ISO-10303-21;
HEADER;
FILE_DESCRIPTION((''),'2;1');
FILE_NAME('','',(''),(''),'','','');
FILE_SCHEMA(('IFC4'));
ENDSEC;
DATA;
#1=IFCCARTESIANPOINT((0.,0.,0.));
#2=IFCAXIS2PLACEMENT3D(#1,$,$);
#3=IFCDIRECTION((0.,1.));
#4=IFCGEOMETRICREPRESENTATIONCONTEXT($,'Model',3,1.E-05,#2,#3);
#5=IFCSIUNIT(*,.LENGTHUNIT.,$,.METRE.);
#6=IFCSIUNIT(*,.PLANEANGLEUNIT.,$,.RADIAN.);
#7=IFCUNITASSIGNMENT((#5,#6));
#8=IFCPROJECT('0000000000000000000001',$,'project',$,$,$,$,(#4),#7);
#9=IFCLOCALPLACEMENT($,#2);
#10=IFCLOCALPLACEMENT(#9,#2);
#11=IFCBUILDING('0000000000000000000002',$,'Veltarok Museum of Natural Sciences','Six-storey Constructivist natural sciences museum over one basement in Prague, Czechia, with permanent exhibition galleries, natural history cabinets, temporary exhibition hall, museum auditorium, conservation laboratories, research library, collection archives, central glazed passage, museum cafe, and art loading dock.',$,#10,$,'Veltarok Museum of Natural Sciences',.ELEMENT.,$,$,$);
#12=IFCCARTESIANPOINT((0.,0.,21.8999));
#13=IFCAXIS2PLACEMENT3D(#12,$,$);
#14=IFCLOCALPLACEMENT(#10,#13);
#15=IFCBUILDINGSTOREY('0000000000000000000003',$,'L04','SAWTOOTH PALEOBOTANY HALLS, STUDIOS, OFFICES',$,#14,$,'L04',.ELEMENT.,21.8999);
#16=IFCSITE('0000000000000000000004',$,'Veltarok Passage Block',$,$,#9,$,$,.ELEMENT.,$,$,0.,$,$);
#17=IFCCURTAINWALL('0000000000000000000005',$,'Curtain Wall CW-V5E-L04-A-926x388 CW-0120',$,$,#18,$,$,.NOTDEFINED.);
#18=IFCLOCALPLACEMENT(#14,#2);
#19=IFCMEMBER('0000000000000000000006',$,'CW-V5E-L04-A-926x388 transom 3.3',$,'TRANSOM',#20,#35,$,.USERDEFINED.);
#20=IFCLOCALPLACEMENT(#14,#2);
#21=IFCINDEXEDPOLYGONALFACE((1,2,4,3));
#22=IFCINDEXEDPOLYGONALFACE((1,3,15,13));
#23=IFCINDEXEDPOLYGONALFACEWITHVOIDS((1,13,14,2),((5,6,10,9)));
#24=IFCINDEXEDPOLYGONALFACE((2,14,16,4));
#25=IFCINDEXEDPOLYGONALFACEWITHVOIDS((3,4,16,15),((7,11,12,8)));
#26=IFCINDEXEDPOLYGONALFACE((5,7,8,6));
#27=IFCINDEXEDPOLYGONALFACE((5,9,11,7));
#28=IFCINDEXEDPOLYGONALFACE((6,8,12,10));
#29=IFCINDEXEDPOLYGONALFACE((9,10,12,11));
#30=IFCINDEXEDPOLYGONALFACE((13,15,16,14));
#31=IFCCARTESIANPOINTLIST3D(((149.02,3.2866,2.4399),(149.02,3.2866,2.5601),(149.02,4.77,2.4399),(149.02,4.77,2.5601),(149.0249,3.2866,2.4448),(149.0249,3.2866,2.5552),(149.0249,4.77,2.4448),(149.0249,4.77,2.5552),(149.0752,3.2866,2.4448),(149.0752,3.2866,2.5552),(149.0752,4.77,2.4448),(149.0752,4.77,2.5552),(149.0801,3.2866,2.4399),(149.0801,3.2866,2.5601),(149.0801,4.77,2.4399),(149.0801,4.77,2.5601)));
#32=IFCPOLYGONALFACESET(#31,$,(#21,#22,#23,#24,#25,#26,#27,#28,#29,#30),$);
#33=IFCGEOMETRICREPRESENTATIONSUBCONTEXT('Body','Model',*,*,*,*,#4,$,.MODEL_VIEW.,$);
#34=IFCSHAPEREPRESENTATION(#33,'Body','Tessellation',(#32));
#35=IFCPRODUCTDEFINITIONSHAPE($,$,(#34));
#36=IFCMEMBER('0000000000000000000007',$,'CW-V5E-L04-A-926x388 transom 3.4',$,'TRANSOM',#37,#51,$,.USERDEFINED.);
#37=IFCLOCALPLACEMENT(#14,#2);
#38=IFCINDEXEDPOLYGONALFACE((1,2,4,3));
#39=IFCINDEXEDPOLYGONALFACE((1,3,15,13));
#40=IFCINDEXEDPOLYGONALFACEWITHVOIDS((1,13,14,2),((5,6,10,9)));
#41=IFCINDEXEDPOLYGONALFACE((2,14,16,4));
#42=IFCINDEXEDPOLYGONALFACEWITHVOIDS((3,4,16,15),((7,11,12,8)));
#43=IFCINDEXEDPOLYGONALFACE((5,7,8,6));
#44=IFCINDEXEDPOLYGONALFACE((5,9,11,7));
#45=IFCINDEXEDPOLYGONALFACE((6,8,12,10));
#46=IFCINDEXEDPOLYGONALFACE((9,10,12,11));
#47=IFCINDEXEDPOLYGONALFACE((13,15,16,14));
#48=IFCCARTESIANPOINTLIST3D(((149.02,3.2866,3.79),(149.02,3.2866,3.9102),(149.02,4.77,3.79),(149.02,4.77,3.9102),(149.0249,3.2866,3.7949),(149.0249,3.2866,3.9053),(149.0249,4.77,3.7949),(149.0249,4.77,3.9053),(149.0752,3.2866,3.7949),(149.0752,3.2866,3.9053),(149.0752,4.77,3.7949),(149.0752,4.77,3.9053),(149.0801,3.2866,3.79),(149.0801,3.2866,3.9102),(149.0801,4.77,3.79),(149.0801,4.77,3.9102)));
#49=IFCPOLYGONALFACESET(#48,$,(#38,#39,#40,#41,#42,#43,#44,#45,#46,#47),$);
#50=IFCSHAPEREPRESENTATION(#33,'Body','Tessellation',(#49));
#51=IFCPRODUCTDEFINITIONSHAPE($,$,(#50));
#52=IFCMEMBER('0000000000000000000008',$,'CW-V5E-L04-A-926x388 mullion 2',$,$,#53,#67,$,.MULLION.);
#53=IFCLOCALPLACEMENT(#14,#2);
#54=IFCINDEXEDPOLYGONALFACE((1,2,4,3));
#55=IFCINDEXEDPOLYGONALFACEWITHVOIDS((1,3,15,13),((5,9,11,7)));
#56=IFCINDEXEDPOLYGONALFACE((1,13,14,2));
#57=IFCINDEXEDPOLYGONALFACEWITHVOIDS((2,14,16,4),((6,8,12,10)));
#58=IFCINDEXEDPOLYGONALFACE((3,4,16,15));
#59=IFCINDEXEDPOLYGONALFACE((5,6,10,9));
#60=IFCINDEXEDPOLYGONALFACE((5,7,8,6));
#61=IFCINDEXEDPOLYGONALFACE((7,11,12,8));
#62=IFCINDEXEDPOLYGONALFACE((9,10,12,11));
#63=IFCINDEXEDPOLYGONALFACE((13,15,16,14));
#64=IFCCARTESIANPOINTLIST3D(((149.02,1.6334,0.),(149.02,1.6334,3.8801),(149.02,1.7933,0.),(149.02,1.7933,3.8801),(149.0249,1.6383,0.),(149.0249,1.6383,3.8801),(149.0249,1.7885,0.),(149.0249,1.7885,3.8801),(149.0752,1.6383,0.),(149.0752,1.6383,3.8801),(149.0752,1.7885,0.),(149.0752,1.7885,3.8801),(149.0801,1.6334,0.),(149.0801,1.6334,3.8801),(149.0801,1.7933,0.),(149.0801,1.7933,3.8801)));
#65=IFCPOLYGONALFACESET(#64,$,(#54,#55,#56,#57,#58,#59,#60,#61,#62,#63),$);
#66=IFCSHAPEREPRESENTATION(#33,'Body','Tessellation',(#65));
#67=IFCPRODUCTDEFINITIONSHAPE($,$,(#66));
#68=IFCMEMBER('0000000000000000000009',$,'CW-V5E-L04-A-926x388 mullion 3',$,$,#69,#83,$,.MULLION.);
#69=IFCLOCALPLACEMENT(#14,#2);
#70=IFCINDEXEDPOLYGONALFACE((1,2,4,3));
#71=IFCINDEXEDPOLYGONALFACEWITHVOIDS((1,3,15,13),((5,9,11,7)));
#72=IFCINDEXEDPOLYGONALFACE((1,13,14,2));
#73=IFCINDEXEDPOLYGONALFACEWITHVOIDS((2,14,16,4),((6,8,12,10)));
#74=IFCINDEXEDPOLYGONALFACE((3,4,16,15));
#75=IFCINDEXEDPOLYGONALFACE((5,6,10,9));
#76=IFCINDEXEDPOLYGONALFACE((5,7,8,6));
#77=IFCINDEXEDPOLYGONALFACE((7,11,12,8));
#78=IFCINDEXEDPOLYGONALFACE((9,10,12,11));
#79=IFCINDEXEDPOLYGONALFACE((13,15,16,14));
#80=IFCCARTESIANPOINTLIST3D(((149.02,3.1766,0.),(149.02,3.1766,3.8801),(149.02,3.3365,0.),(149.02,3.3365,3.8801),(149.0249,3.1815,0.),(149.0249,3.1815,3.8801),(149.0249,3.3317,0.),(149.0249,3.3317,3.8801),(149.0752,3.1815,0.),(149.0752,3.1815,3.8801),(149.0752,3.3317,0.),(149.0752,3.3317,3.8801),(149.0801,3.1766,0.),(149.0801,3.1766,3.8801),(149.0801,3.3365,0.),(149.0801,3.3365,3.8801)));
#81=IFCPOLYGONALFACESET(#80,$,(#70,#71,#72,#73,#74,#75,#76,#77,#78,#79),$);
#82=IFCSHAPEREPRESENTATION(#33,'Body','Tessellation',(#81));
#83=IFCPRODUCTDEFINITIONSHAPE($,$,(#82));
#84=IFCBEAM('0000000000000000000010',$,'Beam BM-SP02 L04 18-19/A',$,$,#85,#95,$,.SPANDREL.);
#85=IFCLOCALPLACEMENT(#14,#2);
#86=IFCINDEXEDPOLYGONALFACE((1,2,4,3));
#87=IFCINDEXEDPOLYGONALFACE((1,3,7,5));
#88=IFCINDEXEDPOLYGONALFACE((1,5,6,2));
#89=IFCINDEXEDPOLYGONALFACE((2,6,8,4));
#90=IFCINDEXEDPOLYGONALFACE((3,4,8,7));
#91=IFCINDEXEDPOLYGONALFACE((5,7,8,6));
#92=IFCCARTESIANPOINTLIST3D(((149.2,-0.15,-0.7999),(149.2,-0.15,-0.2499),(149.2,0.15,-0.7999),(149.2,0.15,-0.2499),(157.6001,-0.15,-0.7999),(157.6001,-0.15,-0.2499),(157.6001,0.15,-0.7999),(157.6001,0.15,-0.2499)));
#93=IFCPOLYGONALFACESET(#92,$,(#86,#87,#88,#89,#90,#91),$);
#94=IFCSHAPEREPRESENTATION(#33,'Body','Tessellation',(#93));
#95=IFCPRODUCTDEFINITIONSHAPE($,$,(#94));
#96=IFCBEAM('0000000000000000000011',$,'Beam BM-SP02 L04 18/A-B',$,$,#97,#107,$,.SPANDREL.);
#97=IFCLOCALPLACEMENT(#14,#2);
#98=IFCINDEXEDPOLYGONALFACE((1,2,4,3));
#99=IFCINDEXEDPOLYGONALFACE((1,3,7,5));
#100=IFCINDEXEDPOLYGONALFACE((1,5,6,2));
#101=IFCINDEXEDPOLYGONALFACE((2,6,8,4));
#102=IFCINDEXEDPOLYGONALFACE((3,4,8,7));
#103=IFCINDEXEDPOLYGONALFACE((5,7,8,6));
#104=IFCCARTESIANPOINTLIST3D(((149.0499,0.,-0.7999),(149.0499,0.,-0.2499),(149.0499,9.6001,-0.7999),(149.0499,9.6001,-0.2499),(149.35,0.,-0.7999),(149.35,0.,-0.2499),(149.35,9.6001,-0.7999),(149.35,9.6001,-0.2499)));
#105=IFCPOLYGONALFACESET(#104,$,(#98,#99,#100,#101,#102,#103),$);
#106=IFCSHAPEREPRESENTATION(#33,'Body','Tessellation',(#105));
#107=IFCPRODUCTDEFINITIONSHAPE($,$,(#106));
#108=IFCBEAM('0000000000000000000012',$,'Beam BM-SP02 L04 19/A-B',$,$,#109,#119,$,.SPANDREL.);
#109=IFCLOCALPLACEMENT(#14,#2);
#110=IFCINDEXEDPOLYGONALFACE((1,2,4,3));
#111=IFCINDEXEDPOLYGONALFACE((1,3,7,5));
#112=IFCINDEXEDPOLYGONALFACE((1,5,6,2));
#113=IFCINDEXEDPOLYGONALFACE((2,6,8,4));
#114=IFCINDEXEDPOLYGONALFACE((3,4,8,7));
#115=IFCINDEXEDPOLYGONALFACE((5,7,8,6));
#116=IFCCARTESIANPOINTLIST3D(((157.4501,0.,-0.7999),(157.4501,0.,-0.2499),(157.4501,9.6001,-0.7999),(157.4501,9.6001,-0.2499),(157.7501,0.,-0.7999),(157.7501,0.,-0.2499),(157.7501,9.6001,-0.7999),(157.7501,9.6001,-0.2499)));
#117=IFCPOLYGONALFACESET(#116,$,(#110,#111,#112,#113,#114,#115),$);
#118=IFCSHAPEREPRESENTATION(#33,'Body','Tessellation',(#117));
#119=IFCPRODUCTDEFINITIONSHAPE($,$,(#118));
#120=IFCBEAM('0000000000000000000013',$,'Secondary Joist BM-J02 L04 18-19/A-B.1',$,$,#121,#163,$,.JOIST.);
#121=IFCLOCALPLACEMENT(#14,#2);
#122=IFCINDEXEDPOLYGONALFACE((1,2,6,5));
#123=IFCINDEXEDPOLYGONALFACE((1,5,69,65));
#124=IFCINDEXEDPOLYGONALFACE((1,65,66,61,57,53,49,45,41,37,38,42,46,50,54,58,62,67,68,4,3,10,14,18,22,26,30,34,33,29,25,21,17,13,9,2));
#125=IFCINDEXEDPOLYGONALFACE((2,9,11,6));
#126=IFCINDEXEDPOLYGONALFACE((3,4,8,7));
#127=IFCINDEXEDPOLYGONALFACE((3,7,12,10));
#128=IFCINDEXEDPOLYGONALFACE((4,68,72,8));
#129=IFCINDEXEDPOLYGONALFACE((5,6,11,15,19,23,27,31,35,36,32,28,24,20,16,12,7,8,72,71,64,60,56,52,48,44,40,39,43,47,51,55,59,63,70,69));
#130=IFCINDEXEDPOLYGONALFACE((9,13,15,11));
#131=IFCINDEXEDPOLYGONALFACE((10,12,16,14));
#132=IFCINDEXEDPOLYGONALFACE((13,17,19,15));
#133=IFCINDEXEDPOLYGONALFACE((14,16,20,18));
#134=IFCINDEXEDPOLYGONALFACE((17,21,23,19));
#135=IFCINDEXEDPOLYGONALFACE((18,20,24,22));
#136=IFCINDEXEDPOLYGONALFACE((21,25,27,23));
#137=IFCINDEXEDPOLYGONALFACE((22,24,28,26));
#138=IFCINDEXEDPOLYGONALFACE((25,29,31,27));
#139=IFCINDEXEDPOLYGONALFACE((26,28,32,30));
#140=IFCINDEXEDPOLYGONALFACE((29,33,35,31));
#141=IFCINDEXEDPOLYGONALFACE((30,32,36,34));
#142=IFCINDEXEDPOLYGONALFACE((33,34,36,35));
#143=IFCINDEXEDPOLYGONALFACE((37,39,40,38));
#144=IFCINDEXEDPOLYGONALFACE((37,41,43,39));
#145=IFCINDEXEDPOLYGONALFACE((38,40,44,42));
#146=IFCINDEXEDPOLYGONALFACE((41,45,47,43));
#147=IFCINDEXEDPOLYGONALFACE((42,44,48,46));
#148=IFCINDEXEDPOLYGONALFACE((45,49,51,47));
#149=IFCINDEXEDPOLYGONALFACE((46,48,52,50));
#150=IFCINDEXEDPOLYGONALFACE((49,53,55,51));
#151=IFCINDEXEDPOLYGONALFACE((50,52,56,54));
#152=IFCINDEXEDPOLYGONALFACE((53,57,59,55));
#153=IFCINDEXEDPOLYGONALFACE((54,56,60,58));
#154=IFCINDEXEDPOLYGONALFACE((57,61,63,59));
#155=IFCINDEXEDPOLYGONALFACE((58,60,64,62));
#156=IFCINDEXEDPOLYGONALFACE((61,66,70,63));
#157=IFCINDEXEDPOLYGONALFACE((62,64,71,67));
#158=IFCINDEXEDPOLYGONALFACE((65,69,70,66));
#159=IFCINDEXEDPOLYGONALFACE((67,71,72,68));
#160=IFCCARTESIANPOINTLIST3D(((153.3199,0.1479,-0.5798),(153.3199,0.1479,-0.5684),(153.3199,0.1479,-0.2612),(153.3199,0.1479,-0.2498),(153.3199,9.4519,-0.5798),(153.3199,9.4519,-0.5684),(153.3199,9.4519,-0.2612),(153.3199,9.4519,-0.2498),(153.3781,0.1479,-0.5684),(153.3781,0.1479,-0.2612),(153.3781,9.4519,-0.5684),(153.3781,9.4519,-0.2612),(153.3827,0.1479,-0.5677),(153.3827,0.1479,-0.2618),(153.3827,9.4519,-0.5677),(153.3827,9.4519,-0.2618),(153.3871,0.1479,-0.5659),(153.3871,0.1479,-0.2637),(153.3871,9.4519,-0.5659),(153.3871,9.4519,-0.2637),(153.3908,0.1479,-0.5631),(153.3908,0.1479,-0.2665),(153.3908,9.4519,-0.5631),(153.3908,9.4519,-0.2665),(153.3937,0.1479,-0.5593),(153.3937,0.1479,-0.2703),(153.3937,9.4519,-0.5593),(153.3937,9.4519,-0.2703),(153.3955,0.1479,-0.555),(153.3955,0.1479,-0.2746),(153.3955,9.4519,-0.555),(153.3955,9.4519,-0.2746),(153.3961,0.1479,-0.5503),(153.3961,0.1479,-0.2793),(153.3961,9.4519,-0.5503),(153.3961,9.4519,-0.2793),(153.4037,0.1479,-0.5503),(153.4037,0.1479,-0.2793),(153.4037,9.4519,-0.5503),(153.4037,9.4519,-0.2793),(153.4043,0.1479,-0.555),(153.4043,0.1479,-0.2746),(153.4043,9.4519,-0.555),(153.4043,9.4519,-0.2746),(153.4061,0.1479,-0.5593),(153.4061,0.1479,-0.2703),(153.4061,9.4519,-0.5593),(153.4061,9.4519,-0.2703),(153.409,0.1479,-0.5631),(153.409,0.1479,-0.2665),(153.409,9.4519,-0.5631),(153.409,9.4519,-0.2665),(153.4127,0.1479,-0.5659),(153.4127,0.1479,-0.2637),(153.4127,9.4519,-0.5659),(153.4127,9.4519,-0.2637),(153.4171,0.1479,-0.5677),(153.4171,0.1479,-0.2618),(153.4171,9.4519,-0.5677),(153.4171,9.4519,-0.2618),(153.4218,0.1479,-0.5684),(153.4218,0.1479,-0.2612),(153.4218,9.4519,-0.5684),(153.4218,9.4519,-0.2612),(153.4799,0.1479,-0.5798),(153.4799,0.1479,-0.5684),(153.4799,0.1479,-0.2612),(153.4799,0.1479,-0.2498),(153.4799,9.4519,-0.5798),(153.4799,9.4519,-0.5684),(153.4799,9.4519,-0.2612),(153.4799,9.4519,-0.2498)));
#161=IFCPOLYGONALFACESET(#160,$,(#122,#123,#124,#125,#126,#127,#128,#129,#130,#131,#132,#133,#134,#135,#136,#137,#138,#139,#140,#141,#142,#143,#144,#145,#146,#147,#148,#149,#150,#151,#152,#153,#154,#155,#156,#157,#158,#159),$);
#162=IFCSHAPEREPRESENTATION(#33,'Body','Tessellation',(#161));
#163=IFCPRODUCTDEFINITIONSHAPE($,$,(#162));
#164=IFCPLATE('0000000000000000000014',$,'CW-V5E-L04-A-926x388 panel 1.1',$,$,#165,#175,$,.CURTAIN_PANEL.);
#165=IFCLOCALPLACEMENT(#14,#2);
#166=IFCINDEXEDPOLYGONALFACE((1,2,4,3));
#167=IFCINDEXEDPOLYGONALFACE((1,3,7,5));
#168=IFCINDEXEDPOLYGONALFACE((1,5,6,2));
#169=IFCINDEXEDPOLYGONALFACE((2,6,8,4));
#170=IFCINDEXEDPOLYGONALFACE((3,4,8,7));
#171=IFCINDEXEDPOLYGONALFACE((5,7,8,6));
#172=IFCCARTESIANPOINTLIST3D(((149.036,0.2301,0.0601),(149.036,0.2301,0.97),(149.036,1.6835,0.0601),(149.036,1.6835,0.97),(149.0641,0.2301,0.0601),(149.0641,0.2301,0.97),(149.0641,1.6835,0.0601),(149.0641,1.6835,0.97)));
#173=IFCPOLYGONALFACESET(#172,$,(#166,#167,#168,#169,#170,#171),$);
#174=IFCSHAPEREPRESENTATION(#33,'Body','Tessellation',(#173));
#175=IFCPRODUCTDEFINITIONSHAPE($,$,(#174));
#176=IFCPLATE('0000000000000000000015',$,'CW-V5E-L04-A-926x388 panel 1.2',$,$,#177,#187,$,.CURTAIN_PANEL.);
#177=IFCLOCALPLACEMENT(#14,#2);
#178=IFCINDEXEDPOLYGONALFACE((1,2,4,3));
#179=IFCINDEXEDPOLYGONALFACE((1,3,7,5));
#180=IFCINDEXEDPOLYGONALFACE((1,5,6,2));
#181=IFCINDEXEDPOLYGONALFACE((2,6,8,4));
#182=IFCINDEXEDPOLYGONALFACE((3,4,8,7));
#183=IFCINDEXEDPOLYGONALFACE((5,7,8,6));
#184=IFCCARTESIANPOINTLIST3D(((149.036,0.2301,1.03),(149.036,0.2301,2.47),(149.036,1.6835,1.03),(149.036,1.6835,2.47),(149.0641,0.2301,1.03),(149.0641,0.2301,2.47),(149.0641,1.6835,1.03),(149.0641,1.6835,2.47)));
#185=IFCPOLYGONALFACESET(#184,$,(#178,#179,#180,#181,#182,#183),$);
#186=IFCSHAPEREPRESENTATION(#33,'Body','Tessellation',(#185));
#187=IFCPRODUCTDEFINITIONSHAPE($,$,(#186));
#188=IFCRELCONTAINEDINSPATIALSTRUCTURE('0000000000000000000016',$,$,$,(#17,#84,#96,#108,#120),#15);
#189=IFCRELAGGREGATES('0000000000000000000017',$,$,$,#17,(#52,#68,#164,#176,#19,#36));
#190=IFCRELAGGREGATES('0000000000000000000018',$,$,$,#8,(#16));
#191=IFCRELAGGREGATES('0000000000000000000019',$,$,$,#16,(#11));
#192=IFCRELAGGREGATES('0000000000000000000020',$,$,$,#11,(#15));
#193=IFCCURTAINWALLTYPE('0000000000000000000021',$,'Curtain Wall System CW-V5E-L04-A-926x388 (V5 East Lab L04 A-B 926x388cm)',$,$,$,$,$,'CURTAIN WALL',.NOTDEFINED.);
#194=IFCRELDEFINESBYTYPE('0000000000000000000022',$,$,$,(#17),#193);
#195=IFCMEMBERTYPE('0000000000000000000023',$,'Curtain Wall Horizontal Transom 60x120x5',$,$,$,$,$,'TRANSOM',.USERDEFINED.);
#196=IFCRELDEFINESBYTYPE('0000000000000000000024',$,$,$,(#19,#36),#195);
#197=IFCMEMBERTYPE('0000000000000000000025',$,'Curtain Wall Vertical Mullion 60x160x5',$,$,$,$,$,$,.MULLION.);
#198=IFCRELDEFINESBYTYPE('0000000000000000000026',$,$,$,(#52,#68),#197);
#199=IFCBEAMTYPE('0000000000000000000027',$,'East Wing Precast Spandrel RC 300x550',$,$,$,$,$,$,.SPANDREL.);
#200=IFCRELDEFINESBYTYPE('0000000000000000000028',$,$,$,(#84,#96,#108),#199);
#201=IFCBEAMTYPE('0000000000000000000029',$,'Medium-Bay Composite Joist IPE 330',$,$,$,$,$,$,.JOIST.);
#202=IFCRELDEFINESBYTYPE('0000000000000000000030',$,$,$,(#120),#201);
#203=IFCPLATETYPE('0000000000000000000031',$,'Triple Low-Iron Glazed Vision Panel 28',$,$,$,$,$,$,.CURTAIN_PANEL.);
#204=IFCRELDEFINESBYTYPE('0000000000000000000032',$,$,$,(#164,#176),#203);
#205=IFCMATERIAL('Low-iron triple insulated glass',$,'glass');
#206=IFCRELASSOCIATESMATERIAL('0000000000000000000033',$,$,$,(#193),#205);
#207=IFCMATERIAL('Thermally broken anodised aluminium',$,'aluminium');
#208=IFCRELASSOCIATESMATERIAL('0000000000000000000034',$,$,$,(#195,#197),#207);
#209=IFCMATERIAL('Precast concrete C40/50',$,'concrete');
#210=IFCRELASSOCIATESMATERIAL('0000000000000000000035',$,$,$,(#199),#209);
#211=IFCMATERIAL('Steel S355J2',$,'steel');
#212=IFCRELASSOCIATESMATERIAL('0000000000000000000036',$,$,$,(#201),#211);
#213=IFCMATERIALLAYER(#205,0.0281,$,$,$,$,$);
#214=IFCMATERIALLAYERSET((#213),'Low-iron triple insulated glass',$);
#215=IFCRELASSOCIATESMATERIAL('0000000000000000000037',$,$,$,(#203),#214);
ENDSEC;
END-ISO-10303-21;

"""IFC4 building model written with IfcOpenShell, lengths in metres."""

from ifc_helpers import new_model, si_unit, direction, frame, origin, origin_2d, place, context, subcontext, project, spatial, rectangle, hollow_rectangle, i_section, extrude, material, layer, layer_set, material_profile, profile_set, type_object, element, aggregate, save


model = new_model("IFC4")

# Units and contexts
model_context = context("Model", 3, precision=1e-05, world=origin(), true_north=direction((0.0, 1.0)))
body_context = subcontext(model_context, "Body", "Model", "MODEL_VIEW")
ifc_project = project(units=[si_unit("LENGTHUNIT", "METRE"), si_unit("PLANEANGLEUNIT", "RADIAN")], contexts=[model_context])

# Site, building, storey
site_placement = place(None, origin())
site = spatial("IfcSite", under=ifc_project, at=site_placement, Name="Veltarok Passage Block", CompositionType="ELEMENT", RefElevation=0.0)
building_placement = place(site_placement, origin())
building = spatial("IfcBuilding", under=site, at=building_placement, Name="Veltarok Museum of Natural Sciences", Description="Six-storey Constructivist natural sciences museum over one basement in Prague, Czechia, with permanent exhibition galleries, natural history cabinets, temporary exhibition hall, museum auditorium, conservation laboratories, research library, collection archives, central glazed passage, museum cafe, and art loading dock.", LongName="Veltarok Museum of Natural Sciences", CompositionType="ELEMENT")
storey_placement = place(building_placement, frame((0.0, 0.0, 21.8999)))
storey = spatial("IfcBuildingStorey", under=building, at=storey_placement, Name="L04", Description="SAWTOOTH PALEOBOTANY HALLS, STUDIOS, OFFICES", LongName="L04", CompositionType="ELEMENT", Elevation=21.8999)

# Shared definitions
ifc_material_1 = material(Name="Steel S355J2", Category="steel")

# Curtain wall, members
ifc_material_2 = material(Name="Low-iron triple insulated glass", Category="glass")
curtain_wall_type = type_object("IfcCurtainWallType", Name="Curtain Wall System CW-V5E-L04-A-926x388 (V5 East Lab L04 A-B 926x388cm)", ElementType="CURTAIN WALL", PredefinedType="NOTDEFINED", material=ifc_material_2)
curtain_wall_placement = place(storey_placement, origin())
curtain_wall = element("IfcCurtainWall", 1, at=curtain_wall_placement, inside=storey, type_object=curtain_wall_type, Name="Curtain Wall CW-V5E-L04-A-926x388 CW-0120", PredefinedType="NOTDEFINED")
ifc_material_3 = material(Name="Thermally broken anodised aluminium", Category="aluminium")
ifc_material_profile_1 = material_profile(ifc_material_3, hollow_rectangle(XDim=0.0601, YDim=0.1201, WallThickness=0.0049, at=origin_2d()), Name="CW TRANSOM 60x120x5")
ifc_profile_set_1 = profile_set([ifc_material_profile_1], Name="Thermally broken anodised aluminium")
member_type_1 = type_object("IfcMemberType", Name="Curtain Wall Horizontal Transom 60x120x5", ElementType="TRANSOM", PredefinedType="USERDEFINED", material=ifc_profile_set_1)
member_1_placement = place(storey_placement, frame((149.05, 3.2866, 2.5), z_axis=(0.0, 1.0, 0.0), x_axis=(-1.0, 0.0, 0.0)))
member_1 = element("IfcMember", 2, at=member_1_placement, type_object=member_type_1, Name="CW-V5E-L04-A-926x388 transom 3.3", ObjectType="TRANSOM", PredefinedType="USERDEFINED", context=body_context, shape_type="SweptSolid", body=[
    extrude(hollow_rectangle(XDim=0.0601, YDim=0.1201, WallThickness=0.0049, at=origin_2d()), origin(), (0.0, 0.0, 1.0), 1.4834),
])
member_2_placement = place(storey_placement, frame((149.05, 3.2866, 3.8501), z_axis=(0.0, 1.0, 0.0), x_axis=(-1.0, 0.0, 0.0)))
member_2 = element("IfcMember", 3, at=member_2_placement, type_object=member_type_1, Name="CW-V5E-L04-A-926x388 transom 3.4", ObjectType="TRANSOM", PredefinedType="USERDEFINED", context=body_context, shape_type="SweptSolid", body=[
    extrude(hollow_rectangle(XDim=0.0601, YDim=0.1201, WallThickness=0.0049, at=origin_2d()), origin(), (0.0, 0.0, 1.0), 1.4834),
])
ifc_material_profile_2 = material_profile(ifc_material_3, hollow_rectangle(XDim=0.0601, YDim=0.1599, WallThickness=0.0049, at=origin_2d()), Name="CW MULLION 60x160x5")
ifc_profile_set_2 = profile_set([ifc_material_profile_2], Name="Thermally broken anodised aluminium")
member_type_2 = type_object("IfcMemberType", Name="Curtain Wall Vertical Mullion 60x160x5", PredefinedType="MULLION", material=ifc_profile_set_2)
member_3_placement = place(storey_placement, frame((149.05, 1.7134, 0.0), z_axis=(0.0, 0.0, 1.0), x_axis=(-1.0, 0.0, 0.0)))
member_3 = element("IfcMember", 4, at=member_3_placement, type_object=member_type_2, Name="CW-V5E-L04-A-926x388 mullion 2", PredefinedType="MULLION", context=body_context, shape_type="SweptSolid", body=[
    extrude(hollow_rectangle(XDim=0.0601, YDim=0.1599, WallThickness=0.0049, at=origin_2d()), origin(), (0.0, 0.0, 1.0), 3.8801),
])
member_4_placement = place(storey_placement, frame((149.05, 3.2566, 0.0), z_axis=(0.0, 0.0, 1.0), x_axis=(-1.0, 0.0, 0.0)))
member_4 = element("IfcMember", 5, at=member_4_placement, type_object=member_type_2, Name="CW-V5E-L04-A-926x388 mullion 3", PredefinedType="MULLION", context=body_context, shape_type="SweptSolid", body=[
    extrude(hollow_rectangle(XDim=0.0601, YDim=0.1599, WallThickness=0.0049, at=origin_2d()), origin(), (0.0, 0.0, 1.0), 3.8801),
])

# Beams
ifc_material_4 = material(Name="Precast concrete C40/50", Category="concrete")
ifc_material_profile_3 = material_profile(ifc_material_4, rectangle(XDim=0.3, YDim=0.55, at=origin_2d()), Name="RC 300x550")
ifc_profile_set_3 = profile_set([ifc_material_profile_3], Name="Precast concrete C40/50")
beam_type_1 = type_object("IfcBeamType", Name="East Wing Precast Spandrel RC 300x550", PredefinedType="SPANDREL", material=ifc_profile_set_3)
beam_1_placement = place(storey_placement, frame((149.2, 0.0, -0.5249), z_axis=(1.0, 0.0, 0.0), x_axis=(0.0, 1.0, 0.0)))
element("IfcBeam", 6, at=beam_1_placement, inside=storey, type_object=beam_type_1, Name="Beam BM-SP02 L04 18-19/A", PredefinedType="SPANDREL", context=body_context, shape_type="SweptSolid", body=[
    extrude(rectangle(XDim=0.3, YDim=0.55, at=origin_2d()), origin(), (0.0, 0.0, 1.0), 8.4001),
])
for number, where, z_axis, x_axis, name in (
    (7, (149.2, 0.0, -0.5249), (0.0, 1.0, 0.0), (-1.0, 0.0, 0.0), "Beam BM-SP02 L04 18/A-B"),
    (8, (157.6001, 0.0, -0.5249), (0.0, 1.0, 0.0), (-1.0, 0.0, 0.0), "Beam BM-SP02 L04 19/A-B"),
):
    element("IfcBeam", number, at=place(storey_placement, frame(where, z_axis=z_axis, x_axis=x_axis)), inside=storey, type_object=beam_type_1, Name=name, PredefinedType="SPANDREL", context=body_context, shape_type="SweptSolid", body=[
        extrude(rectangle(XDim=0.3, YDim=0.55, at=origin_2d()), origin(), (0.0, 0.0, 1.0), 9.6001),
    ])
ifc_material_profile_4 = material_profile(ifc_material_1, i_section(OverallWidth=0.1599, OverallDepth=0.3301, WebThickness=0.0076, FlangeThickness=0.0115, FilletRadius=0.0181, at=origin_2d()), Name="IPE 330")
ifc_profile_set_4 = profile_set([ifc_material_profile_4], Name="Steel S355J2")
beam_type_2 = type_object("IfcBeamType", Name="Medium-Bay Composite Joist IPE 330", PredefinedType="JOIST", material=ifc_profile_set_4)
beam_2_placement = place(storey_placement, frame((153.3999, 0.1479, -0.4148), z_axis=(0.0, 1.0, 0.0), x_axis=(-1.0, 0.0, 0.0)))
element("IfcBeam", 9, at=beam_2_placement, inside=storey, type_object=beam_type_2, Name="Secondary Joist BM-J02 L04 18-19/A-B.1", PredefinedType="JOIST", context=body_context, shape_type="SweptSolid", body=[
    extrude(i_section(OverallWidth=0.1599, OverallDepth=0.3301, WebThickness=0.0076, FlangeThickness=0.0115, FilletRadius=0.0181, at=origin_2d()), origin(), (0.0, 0.0, 1.0), 9.304),
])

# Plates
ifc_layer_1 = layer(ifc_material_2, 0.0281)
ifc_layer_set_1 = layer_set([ifc_layer_1], Name="Low-iron triple insulated glass")
plate_type = type_object("IfcPlateType", Name="Triple Low-Iron Glazed Vision Panel 28", PredefinedType="CURTAIN_PANEL", material=ifc_layer_set_1)
plate_1_placement = place(storey_placement, frame((149.05, 0.9568, 0.0601), z_axis=(0.0, 0.0, 1.0), x_axis=(0.0, 1.0, 0.0)))
plate_1 = element("IfcPlate", 10, at=plate_1_placement, type_object=plate_type, Name="CW-V5E-L04-A-926x388 panel 1.1", PredefinedType="CURTAIN_PANEL", context=body_context, shape_type="SweptSolid", body=[
    extrude(rectangle(XDim=1.4534, YDim=0.0281, at=origin_2d()), origin(), (0.0, 0.0, 1.0), 0.9099),
])
plate_2_placement = place(storey_placement, frame((149.05, 0.9568, 1.03), z_axis=(0.0, 0.0, 1.0), x_axis=(0.0, 1.0, 0.0)))
plate_2 = element("IfcPlate", 11, at=plate_2_placement, type_object=plate_type, Name="CW-V5E-L04-A-926x388 panel 1.2", PredefinedType="CURTAIN_PANEL", context=body_context, shape_type="SweptSolid", body=[
    extrude(rectangle(XDim=1.4534, YDim=0.0281, at=origin_2d()), origin(), (0.0, 0.0, 1.0), 1.4399),
])
aggregate(curtain_wall, [member_3, member_4, plate_1, plate_2, member_1, member_2])

save(model, "model.ifc")
